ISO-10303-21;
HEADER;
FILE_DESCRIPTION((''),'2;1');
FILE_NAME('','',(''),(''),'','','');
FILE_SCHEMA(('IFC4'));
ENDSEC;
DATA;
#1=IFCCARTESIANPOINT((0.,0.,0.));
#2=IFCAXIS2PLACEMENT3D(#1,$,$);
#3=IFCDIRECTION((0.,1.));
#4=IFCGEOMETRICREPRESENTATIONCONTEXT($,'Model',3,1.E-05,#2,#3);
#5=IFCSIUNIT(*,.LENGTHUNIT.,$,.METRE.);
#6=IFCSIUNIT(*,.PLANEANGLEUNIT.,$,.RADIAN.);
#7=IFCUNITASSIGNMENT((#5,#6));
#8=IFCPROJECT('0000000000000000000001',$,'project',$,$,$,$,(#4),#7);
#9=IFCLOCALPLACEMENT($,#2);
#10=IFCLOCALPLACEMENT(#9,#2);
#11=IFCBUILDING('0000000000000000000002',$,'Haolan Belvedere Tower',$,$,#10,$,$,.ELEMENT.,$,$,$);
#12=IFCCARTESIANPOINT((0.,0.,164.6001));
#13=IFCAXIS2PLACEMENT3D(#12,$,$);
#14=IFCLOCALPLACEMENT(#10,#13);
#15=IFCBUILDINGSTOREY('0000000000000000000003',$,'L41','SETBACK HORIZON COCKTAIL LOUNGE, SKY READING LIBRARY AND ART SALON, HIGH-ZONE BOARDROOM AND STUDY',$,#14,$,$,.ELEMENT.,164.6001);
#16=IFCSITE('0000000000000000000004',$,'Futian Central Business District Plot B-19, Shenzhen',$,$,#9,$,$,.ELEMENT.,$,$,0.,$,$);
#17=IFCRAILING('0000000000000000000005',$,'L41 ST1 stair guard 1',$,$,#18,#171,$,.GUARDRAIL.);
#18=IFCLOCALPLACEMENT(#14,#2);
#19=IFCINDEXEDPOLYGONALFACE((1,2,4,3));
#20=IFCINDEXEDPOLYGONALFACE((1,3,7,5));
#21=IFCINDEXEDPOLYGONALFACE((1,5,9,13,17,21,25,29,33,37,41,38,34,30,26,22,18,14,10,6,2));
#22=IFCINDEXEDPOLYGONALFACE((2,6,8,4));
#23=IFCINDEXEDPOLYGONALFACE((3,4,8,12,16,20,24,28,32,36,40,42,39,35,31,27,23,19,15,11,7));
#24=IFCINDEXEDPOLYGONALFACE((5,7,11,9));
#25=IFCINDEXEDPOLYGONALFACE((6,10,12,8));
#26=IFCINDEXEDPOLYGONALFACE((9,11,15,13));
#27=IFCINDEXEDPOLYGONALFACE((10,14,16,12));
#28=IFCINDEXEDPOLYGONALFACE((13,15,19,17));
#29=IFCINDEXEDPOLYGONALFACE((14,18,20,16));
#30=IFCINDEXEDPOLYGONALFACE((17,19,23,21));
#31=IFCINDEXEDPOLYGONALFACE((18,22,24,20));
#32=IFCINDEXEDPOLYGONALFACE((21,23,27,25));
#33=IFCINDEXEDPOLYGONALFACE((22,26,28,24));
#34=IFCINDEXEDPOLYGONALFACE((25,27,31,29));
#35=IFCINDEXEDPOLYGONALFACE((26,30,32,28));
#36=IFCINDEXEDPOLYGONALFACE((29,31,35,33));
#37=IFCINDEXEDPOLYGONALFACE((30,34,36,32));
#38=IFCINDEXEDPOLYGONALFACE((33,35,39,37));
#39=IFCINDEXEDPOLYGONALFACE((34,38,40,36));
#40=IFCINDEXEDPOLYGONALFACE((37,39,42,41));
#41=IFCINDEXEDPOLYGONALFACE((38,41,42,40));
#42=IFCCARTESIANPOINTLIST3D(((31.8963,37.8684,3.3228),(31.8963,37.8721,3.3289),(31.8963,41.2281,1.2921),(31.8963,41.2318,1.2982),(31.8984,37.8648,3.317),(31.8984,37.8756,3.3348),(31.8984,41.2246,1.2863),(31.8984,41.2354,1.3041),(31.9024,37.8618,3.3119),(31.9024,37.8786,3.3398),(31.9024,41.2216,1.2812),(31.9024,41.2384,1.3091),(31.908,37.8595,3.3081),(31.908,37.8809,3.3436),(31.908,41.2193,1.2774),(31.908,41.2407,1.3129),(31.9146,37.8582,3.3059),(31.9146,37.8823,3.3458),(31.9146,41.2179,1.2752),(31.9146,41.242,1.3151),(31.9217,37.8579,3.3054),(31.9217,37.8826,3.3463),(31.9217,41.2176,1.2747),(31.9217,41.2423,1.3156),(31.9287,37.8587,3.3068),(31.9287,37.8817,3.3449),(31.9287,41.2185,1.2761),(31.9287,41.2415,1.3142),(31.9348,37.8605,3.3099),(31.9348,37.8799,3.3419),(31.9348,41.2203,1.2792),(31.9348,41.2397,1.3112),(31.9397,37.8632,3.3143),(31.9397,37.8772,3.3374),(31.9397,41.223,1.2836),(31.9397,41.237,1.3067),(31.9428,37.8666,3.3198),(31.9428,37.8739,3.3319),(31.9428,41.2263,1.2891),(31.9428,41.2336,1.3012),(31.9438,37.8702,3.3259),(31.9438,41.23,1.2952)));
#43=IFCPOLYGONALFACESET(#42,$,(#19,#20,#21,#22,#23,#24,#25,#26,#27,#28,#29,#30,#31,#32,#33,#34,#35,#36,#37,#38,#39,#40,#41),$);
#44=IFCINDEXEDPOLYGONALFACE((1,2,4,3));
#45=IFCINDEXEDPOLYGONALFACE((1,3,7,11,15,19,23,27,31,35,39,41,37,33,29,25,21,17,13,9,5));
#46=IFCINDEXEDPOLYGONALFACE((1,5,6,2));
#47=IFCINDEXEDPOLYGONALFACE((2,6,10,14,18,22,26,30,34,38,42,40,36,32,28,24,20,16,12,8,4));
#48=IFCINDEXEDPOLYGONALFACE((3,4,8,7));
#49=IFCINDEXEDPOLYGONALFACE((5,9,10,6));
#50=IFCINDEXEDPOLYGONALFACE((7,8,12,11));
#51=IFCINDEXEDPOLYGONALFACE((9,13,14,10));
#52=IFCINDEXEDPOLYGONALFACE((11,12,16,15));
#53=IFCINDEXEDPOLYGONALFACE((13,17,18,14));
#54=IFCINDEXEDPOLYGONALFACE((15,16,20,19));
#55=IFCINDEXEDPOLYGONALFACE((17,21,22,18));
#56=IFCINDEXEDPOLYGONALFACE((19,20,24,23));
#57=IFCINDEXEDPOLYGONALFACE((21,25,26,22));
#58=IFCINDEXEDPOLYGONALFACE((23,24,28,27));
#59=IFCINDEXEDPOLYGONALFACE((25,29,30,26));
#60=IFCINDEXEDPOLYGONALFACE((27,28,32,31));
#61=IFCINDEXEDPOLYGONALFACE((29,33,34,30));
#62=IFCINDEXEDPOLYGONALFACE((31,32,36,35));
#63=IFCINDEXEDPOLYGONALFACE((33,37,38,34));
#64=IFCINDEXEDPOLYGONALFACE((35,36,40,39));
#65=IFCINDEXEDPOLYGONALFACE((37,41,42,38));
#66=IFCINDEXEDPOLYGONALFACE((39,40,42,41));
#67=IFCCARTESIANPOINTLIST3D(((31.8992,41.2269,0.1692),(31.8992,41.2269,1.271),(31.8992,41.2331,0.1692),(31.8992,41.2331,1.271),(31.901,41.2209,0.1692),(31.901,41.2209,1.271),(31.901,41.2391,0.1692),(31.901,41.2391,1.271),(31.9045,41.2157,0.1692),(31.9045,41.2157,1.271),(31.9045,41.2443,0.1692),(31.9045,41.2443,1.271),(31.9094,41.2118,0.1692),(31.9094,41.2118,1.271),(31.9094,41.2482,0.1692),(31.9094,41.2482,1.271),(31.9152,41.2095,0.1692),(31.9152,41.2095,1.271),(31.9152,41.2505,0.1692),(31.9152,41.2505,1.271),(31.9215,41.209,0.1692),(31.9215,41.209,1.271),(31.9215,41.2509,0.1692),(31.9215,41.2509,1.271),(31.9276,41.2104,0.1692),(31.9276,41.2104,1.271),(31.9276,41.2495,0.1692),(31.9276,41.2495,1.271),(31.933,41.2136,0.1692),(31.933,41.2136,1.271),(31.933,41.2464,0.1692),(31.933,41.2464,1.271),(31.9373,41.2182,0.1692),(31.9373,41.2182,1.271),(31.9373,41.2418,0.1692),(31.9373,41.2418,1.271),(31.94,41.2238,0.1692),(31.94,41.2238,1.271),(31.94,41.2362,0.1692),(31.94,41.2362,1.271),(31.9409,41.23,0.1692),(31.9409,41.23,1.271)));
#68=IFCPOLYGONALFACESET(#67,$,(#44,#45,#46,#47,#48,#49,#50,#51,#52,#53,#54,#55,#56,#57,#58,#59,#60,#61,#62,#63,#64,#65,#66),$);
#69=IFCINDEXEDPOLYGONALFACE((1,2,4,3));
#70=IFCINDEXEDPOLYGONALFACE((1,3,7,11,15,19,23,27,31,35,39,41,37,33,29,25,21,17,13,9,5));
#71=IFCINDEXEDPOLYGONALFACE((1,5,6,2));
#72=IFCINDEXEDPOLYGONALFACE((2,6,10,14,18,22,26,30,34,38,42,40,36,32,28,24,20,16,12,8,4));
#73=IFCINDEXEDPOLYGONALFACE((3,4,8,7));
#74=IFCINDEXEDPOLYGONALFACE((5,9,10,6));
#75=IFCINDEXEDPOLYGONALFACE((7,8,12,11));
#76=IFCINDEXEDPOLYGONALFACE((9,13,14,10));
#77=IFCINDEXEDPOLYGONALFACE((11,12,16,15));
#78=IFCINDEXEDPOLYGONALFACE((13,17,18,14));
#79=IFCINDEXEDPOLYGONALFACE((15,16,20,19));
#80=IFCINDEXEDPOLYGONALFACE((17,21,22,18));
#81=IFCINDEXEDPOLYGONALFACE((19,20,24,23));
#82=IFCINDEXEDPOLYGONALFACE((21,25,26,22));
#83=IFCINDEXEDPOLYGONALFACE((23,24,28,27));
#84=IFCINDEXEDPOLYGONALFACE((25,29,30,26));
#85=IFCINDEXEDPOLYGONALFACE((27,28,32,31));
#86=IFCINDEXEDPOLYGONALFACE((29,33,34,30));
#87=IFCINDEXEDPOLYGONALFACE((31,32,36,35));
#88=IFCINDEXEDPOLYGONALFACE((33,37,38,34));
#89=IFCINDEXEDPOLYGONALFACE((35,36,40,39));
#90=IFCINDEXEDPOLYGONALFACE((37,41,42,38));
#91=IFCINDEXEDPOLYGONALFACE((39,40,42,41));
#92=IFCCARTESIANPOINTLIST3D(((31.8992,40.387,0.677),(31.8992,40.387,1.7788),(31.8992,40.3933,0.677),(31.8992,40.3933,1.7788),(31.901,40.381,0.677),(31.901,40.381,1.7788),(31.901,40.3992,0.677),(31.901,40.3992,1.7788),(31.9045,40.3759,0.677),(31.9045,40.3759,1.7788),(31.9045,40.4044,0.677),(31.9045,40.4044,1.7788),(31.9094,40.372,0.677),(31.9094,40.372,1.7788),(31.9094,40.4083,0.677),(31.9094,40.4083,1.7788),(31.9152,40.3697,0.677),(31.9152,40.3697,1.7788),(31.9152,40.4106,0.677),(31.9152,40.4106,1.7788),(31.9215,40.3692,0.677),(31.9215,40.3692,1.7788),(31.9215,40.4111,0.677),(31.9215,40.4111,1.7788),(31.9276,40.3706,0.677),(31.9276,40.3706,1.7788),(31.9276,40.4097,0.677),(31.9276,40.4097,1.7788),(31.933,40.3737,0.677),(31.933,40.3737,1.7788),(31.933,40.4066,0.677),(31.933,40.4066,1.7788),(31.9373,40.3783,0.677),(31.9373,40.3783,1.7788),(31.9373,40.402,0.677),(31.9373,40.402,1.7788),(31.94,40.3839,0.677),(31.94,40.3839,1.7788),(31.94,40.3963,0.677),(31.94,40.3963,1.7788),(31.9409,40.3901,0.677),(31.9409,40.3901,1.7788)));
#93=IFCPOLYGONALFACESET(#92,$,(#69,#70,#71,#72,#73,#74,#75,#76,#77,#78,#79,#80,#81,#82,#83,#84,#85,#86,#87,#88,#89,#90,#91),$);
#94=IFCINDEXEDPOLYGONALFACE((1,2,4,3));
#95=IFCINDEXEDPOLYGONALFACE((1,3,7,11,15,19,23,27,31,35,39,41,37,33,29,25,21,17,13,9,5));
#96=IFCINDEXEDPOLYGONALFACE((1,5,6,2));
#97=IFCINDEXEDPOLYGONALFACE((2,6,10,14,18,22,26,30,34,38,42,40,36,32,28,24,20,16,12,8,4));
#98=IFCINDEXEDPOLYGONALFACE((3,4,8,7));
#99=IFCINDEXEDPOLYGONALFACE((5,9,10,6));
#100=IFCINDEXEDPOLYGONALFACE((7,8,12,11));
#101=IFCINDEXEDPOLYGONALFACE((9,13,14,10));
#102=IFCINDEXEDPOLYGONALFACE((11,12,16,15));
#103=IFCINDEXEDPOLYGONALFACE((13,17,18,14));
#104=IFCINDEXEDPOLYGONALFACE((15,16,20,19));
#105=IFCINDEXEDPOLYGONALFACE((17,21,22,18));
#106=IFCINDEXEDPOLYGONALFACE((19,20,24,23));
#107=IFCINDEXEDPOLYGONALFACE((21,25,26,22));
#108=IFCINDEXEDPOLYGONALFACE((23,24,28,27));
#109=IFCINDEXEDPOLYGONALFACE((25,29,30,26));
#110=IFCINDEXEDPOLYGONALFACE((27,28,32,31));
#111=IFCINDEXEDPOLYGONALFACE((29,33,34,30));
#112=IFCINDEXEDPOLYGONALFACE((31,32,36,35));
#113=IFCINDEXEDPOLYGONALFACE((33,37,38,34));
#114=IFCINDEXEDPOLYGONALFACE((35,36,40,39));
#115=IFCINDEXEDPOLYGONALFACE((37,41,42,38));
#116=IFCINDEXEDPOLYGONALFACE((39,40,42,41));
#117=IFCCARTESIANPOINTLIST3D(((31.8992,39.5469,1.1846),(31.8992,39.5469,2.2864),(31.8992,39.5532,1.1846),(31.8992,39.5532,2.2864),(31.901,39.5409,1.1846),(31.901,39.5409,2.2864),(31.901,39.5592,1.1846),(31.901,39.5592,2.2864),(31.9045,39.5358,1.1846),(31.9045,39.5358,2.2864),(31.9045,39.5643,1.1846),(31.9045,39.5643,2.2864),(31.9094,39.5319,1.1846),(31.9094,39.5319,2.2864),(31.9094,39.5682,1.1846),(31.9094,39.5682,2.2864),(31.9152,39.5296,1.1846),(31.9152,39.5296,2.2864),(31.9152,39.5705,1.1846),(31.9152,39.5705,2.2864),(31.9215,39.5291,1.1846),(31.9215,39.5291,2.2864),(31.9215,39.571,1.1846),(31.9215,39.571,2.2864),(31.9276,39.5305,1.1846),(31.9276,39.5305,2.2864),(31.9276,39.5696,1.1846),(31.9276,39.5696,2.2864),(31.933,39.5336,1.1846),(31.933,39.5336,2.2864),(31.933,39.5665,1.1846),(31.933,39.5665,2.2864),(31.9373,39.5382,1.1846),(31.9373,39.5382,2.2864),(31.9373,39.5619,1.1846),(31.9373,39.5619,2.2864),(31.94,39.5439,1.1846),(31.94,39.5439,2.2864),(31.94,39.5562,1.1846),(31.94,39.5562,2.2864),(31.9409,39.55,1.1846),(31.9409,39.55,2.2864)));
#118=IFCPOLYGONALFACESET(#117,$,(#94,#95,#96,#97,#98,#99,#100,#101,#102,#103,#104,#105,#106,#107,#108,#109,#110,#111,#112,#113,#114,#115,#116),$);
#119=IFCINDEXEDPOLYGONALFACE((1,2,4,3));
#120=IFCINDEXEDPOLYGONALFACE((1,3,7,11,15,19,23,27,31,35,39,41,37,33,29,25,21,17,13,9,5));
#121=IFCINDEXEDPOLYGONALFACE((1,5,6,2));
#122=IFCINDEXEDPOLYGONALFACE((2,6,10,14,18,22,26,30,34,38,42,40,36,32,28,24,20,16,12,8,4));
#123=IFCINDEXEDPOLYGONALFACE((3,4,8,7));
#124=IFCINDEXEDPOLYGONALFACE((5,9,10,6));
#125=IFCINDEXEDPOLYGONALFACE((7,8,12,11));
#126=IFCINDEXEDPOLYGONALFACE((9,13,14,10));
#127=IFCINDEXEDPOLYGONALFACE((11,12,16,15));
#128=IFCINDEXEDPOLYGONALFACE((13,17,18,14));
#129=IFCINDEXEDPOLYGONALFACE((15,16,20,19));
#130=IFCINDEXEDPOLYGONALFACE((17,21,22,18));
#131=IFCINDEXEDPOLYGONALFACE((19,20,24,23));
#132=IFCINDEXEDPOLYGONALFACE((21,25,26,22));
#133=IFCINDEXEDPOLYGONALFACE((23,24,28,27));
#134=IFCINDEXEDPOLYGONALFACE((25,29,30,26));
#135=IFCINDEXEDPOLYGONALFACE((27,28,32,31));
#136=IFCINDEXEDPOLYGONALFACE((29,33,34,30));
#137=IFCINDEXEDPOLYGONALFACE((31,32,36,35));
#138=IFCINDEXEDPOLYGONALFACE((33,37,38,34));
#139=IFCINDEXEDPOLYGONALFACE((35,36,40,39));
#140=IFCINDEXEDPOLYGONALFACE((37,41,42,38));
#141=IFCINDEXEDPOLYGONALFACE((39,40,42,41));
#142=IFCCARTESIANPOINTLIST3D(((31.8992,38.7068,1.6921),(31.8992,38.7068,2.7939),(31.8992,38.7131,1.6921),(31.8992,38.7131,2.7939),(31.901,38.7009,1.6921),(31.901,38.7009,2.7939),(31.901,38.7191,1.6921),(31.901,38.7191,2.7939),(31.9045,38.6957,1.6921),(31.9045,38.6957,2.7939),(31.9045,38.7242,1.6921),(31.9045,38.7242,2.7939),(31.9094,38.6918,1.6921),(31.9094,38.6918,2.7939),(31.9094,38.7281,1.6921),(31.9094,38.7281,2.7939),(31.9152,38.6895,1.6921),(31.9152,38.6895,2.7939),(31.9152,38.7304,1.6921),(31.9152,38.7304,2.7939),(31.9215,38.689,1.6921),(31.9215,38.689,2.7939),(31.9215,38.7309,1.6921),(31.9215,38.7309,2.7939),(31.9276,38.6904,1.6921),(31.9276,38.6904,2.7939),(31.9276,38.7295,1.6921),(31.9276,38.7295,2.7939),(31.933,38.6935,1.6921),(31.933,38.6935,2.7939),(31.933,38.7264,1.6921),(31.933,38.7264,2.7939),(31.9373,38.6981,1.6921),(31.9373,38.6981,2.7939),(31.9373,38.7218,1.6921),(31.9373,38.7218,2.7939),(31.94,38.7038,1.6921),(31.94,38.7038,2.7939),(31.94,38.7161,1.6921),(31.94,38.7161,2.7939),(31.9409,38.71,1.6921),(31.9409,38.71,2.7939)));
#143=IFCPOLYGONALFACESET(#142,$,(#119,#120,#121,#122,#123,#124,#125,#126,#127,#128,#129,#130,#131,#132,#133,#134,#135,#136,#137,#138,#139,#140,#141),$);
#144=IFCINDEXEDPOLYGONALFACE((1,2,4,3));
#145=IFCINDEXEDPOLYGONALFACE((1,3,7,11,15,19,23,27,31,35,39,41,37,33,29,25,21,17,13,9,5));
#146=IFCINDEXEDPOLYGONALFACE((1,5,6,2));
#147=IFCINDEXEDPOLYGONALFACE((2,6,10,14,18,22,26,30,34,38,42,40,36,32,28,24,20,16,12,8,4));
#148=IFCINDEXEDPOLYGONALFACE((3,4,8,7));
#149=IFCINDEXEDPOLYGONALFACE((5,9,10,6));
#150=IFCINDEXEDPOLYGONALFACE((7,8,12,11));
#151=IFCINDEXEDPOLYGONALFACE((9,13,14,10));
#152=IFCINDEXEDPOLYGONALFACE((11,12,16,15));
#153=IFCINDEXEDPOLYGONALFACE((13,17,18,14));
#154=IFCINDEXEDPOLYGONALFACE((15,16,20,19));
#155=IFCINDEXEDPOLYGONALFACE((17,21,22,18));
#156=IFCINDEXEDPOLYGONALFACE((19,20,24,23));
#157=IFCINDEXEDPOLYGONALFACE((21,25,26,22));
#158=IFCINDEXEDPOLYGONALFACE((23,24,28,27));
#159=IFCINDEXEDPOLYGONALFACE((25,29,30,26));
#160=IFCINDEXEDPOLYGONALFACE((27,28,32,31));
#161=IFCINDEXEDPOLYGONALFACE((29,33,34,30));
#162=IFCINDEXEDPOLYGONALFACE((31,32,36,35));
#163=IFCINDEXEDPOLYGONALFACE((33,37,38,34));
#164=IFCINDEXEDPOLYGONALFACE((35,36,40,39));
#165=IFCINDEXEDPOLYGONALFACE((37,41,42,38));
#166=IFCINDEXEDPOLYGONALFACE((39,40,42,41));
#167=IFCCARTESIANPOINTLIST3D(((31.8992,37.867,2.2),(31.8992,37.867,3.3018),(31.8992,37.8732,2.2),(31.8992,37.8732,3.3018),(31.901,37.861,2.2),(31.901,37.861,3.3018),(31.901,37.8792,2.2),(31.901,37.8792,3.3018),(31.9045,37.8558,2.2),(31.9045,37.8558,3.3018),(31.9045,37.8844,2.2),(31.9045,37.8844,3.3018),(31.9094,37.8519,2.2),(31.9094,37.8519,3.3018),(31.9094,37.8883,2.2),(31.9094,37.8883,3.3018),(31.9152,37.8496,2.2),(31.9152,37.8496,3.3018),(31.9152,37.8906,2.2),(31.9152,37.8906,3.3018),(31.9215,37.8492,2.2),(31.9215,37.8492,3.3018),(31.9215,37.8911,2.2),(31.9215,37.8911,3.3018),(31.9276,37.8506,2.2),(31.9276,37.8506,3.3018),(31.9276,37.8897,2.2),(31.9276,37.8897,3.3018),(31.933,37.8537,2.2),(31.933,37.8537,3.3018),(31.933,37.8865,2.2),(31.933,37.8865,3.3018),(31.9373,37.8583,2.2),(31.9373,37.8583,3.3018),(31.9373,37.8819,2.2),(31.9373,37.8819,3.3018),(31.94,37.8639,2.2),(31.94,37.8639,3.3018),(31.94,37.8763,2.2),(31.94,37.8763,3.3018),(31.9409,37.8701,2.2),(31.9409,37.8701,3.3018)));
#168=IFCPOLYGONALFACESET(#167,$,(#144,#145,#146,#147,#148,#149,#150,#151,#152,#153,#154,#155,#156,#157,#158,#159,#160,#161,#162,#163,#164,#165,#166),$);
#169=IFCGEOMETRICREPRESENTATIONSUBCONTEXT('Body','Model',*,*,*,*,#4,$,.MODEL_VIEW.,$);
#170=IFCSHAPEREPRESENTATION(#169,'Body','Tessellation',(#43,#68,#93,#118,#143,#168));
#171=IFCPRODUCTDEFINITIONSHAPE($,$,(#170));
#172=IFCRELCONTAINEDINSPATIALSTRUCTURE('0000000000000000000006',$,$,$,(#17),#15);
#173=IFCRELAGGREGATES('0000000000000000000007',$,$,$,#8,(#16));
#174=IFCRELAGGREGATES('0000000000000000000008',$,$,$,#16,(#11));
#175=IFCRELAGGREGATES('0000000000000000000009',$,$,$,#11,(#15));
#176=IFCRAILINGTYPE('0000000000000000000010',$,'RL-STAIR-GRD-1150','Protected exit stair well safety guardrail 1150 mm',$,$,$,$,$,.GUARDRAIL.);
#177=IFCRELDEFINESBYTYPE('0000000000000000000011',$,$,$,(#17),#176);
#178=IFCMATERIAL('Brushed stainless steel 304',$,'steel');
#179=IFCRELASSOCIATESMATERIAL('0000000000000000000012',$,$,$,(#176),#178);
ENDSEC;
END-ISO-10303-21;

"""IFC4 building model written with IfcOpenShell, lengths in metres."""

from ifc_helpers import new_model, si_unit, direction, frame, origin, origin_2d, place, context, subcontext, project, spatial, circle, extrude, material, type_object, element, save


model = new_model("IFC4")

# Units and contexts
model_context = context("Model", 3, precision=1e-05, world=origin(), true_north=direction((0.0, 1.0)))
body_context = subcontext(model_context, "Body", "Model", "MODEL_VIEW")
ifc_project = project(units=[si_unit("LENGTHUNIT", "METRE"), si_unit("PLANEANGLEUNIT", "RADIAN")], contexts=[model_context])

# Site, building, storey
site_placement = place(None, origin())
site = spatial("IfcSite", under=ifc_project, at=site_placement, Name="Futian Central Business District Plot B-19, Shenzhen", CompositionType="ELEMENT", RefElevation=0.0)
building_placement = place(site_placement, origin())
building = spatial("IfcBuilding", under=site, at=building_placement, Name="Haolan Belvedere Tower", CompositionType="ELEMENT")
storey_placement = place(building_placement, frame((0.0, 0.0, 164.6001)))
storey = spatial("IfcBuildingStorey", under=building, at=storey_placement, Name="L41", Description="SETBACK HORIZON COCKTAIL LOUNGE, SKY READING LIBRARY AND ART SALON, HIGH-ZONE BOARDROOM AND STUDY", CompositionType="ELEMENT", Elevation=164.6001)

# Railing
ifc_material_1 = material(Name="Brushed stainless steel 304", Category="steel")
railing_type_1 = type_object("IfcRailingType", Name="RL-STAIR-GRD-1150", Description="Protected exit stair well safety guardrail 1150 mm", PredefinedType="GUARDRAIL", material=ifc_material_1)
railing_1_placement = place(storey_placement, frame((31.9199, 41.23, 0.1692)))
element("IfcRailing", 1, at=railing_1_placement, inside=storey, type_object=railing_type_1, Name="L41 ST1 stair guard 1", PredefinedType="GUARDRAIL", context=body_context, shape_type="SweptSolid", body=[
    extrude(circle(Radius=0.0239, at=origin_2d()), frame((0.0, 0.0, 1.126), z_axis=(0.0, -0.85582, 0.517273), x_axis=(1.0, 0.0, 0.0)), (0.0, 0.0, 1.0), 3.9258),
    extrude(circle(Radius=0.021, at=origin_2d()), origin(), (0.0, 0.0, 1.0), 1.1018),
    extrude(circle(Radius=0.021, at=origin_2d()), frame((0.0, -0.8398, 0.5078)), (0.0, 0.0, 1.0), 1.1018),
    extrude(circle(Radius=0.021, at=origin_2d()), frame((0.0, -1.6799, 1.0154)), (0.0, 0.0, 1.0), 1.1018),
    extrude(circle(Radius=0.021, at=origin_2d()), frame((0.0, -2.52, 1.5229)), (0.0, 0.0, 1.0), 1.1018),
    extrude(circle(Radius=0.021, at=origin_2d()), frame((0.0, -3.3599, 2.0308)), (0.0, 0.0, 1.0), 1.1018),
])

save(model, "model.ifc")
